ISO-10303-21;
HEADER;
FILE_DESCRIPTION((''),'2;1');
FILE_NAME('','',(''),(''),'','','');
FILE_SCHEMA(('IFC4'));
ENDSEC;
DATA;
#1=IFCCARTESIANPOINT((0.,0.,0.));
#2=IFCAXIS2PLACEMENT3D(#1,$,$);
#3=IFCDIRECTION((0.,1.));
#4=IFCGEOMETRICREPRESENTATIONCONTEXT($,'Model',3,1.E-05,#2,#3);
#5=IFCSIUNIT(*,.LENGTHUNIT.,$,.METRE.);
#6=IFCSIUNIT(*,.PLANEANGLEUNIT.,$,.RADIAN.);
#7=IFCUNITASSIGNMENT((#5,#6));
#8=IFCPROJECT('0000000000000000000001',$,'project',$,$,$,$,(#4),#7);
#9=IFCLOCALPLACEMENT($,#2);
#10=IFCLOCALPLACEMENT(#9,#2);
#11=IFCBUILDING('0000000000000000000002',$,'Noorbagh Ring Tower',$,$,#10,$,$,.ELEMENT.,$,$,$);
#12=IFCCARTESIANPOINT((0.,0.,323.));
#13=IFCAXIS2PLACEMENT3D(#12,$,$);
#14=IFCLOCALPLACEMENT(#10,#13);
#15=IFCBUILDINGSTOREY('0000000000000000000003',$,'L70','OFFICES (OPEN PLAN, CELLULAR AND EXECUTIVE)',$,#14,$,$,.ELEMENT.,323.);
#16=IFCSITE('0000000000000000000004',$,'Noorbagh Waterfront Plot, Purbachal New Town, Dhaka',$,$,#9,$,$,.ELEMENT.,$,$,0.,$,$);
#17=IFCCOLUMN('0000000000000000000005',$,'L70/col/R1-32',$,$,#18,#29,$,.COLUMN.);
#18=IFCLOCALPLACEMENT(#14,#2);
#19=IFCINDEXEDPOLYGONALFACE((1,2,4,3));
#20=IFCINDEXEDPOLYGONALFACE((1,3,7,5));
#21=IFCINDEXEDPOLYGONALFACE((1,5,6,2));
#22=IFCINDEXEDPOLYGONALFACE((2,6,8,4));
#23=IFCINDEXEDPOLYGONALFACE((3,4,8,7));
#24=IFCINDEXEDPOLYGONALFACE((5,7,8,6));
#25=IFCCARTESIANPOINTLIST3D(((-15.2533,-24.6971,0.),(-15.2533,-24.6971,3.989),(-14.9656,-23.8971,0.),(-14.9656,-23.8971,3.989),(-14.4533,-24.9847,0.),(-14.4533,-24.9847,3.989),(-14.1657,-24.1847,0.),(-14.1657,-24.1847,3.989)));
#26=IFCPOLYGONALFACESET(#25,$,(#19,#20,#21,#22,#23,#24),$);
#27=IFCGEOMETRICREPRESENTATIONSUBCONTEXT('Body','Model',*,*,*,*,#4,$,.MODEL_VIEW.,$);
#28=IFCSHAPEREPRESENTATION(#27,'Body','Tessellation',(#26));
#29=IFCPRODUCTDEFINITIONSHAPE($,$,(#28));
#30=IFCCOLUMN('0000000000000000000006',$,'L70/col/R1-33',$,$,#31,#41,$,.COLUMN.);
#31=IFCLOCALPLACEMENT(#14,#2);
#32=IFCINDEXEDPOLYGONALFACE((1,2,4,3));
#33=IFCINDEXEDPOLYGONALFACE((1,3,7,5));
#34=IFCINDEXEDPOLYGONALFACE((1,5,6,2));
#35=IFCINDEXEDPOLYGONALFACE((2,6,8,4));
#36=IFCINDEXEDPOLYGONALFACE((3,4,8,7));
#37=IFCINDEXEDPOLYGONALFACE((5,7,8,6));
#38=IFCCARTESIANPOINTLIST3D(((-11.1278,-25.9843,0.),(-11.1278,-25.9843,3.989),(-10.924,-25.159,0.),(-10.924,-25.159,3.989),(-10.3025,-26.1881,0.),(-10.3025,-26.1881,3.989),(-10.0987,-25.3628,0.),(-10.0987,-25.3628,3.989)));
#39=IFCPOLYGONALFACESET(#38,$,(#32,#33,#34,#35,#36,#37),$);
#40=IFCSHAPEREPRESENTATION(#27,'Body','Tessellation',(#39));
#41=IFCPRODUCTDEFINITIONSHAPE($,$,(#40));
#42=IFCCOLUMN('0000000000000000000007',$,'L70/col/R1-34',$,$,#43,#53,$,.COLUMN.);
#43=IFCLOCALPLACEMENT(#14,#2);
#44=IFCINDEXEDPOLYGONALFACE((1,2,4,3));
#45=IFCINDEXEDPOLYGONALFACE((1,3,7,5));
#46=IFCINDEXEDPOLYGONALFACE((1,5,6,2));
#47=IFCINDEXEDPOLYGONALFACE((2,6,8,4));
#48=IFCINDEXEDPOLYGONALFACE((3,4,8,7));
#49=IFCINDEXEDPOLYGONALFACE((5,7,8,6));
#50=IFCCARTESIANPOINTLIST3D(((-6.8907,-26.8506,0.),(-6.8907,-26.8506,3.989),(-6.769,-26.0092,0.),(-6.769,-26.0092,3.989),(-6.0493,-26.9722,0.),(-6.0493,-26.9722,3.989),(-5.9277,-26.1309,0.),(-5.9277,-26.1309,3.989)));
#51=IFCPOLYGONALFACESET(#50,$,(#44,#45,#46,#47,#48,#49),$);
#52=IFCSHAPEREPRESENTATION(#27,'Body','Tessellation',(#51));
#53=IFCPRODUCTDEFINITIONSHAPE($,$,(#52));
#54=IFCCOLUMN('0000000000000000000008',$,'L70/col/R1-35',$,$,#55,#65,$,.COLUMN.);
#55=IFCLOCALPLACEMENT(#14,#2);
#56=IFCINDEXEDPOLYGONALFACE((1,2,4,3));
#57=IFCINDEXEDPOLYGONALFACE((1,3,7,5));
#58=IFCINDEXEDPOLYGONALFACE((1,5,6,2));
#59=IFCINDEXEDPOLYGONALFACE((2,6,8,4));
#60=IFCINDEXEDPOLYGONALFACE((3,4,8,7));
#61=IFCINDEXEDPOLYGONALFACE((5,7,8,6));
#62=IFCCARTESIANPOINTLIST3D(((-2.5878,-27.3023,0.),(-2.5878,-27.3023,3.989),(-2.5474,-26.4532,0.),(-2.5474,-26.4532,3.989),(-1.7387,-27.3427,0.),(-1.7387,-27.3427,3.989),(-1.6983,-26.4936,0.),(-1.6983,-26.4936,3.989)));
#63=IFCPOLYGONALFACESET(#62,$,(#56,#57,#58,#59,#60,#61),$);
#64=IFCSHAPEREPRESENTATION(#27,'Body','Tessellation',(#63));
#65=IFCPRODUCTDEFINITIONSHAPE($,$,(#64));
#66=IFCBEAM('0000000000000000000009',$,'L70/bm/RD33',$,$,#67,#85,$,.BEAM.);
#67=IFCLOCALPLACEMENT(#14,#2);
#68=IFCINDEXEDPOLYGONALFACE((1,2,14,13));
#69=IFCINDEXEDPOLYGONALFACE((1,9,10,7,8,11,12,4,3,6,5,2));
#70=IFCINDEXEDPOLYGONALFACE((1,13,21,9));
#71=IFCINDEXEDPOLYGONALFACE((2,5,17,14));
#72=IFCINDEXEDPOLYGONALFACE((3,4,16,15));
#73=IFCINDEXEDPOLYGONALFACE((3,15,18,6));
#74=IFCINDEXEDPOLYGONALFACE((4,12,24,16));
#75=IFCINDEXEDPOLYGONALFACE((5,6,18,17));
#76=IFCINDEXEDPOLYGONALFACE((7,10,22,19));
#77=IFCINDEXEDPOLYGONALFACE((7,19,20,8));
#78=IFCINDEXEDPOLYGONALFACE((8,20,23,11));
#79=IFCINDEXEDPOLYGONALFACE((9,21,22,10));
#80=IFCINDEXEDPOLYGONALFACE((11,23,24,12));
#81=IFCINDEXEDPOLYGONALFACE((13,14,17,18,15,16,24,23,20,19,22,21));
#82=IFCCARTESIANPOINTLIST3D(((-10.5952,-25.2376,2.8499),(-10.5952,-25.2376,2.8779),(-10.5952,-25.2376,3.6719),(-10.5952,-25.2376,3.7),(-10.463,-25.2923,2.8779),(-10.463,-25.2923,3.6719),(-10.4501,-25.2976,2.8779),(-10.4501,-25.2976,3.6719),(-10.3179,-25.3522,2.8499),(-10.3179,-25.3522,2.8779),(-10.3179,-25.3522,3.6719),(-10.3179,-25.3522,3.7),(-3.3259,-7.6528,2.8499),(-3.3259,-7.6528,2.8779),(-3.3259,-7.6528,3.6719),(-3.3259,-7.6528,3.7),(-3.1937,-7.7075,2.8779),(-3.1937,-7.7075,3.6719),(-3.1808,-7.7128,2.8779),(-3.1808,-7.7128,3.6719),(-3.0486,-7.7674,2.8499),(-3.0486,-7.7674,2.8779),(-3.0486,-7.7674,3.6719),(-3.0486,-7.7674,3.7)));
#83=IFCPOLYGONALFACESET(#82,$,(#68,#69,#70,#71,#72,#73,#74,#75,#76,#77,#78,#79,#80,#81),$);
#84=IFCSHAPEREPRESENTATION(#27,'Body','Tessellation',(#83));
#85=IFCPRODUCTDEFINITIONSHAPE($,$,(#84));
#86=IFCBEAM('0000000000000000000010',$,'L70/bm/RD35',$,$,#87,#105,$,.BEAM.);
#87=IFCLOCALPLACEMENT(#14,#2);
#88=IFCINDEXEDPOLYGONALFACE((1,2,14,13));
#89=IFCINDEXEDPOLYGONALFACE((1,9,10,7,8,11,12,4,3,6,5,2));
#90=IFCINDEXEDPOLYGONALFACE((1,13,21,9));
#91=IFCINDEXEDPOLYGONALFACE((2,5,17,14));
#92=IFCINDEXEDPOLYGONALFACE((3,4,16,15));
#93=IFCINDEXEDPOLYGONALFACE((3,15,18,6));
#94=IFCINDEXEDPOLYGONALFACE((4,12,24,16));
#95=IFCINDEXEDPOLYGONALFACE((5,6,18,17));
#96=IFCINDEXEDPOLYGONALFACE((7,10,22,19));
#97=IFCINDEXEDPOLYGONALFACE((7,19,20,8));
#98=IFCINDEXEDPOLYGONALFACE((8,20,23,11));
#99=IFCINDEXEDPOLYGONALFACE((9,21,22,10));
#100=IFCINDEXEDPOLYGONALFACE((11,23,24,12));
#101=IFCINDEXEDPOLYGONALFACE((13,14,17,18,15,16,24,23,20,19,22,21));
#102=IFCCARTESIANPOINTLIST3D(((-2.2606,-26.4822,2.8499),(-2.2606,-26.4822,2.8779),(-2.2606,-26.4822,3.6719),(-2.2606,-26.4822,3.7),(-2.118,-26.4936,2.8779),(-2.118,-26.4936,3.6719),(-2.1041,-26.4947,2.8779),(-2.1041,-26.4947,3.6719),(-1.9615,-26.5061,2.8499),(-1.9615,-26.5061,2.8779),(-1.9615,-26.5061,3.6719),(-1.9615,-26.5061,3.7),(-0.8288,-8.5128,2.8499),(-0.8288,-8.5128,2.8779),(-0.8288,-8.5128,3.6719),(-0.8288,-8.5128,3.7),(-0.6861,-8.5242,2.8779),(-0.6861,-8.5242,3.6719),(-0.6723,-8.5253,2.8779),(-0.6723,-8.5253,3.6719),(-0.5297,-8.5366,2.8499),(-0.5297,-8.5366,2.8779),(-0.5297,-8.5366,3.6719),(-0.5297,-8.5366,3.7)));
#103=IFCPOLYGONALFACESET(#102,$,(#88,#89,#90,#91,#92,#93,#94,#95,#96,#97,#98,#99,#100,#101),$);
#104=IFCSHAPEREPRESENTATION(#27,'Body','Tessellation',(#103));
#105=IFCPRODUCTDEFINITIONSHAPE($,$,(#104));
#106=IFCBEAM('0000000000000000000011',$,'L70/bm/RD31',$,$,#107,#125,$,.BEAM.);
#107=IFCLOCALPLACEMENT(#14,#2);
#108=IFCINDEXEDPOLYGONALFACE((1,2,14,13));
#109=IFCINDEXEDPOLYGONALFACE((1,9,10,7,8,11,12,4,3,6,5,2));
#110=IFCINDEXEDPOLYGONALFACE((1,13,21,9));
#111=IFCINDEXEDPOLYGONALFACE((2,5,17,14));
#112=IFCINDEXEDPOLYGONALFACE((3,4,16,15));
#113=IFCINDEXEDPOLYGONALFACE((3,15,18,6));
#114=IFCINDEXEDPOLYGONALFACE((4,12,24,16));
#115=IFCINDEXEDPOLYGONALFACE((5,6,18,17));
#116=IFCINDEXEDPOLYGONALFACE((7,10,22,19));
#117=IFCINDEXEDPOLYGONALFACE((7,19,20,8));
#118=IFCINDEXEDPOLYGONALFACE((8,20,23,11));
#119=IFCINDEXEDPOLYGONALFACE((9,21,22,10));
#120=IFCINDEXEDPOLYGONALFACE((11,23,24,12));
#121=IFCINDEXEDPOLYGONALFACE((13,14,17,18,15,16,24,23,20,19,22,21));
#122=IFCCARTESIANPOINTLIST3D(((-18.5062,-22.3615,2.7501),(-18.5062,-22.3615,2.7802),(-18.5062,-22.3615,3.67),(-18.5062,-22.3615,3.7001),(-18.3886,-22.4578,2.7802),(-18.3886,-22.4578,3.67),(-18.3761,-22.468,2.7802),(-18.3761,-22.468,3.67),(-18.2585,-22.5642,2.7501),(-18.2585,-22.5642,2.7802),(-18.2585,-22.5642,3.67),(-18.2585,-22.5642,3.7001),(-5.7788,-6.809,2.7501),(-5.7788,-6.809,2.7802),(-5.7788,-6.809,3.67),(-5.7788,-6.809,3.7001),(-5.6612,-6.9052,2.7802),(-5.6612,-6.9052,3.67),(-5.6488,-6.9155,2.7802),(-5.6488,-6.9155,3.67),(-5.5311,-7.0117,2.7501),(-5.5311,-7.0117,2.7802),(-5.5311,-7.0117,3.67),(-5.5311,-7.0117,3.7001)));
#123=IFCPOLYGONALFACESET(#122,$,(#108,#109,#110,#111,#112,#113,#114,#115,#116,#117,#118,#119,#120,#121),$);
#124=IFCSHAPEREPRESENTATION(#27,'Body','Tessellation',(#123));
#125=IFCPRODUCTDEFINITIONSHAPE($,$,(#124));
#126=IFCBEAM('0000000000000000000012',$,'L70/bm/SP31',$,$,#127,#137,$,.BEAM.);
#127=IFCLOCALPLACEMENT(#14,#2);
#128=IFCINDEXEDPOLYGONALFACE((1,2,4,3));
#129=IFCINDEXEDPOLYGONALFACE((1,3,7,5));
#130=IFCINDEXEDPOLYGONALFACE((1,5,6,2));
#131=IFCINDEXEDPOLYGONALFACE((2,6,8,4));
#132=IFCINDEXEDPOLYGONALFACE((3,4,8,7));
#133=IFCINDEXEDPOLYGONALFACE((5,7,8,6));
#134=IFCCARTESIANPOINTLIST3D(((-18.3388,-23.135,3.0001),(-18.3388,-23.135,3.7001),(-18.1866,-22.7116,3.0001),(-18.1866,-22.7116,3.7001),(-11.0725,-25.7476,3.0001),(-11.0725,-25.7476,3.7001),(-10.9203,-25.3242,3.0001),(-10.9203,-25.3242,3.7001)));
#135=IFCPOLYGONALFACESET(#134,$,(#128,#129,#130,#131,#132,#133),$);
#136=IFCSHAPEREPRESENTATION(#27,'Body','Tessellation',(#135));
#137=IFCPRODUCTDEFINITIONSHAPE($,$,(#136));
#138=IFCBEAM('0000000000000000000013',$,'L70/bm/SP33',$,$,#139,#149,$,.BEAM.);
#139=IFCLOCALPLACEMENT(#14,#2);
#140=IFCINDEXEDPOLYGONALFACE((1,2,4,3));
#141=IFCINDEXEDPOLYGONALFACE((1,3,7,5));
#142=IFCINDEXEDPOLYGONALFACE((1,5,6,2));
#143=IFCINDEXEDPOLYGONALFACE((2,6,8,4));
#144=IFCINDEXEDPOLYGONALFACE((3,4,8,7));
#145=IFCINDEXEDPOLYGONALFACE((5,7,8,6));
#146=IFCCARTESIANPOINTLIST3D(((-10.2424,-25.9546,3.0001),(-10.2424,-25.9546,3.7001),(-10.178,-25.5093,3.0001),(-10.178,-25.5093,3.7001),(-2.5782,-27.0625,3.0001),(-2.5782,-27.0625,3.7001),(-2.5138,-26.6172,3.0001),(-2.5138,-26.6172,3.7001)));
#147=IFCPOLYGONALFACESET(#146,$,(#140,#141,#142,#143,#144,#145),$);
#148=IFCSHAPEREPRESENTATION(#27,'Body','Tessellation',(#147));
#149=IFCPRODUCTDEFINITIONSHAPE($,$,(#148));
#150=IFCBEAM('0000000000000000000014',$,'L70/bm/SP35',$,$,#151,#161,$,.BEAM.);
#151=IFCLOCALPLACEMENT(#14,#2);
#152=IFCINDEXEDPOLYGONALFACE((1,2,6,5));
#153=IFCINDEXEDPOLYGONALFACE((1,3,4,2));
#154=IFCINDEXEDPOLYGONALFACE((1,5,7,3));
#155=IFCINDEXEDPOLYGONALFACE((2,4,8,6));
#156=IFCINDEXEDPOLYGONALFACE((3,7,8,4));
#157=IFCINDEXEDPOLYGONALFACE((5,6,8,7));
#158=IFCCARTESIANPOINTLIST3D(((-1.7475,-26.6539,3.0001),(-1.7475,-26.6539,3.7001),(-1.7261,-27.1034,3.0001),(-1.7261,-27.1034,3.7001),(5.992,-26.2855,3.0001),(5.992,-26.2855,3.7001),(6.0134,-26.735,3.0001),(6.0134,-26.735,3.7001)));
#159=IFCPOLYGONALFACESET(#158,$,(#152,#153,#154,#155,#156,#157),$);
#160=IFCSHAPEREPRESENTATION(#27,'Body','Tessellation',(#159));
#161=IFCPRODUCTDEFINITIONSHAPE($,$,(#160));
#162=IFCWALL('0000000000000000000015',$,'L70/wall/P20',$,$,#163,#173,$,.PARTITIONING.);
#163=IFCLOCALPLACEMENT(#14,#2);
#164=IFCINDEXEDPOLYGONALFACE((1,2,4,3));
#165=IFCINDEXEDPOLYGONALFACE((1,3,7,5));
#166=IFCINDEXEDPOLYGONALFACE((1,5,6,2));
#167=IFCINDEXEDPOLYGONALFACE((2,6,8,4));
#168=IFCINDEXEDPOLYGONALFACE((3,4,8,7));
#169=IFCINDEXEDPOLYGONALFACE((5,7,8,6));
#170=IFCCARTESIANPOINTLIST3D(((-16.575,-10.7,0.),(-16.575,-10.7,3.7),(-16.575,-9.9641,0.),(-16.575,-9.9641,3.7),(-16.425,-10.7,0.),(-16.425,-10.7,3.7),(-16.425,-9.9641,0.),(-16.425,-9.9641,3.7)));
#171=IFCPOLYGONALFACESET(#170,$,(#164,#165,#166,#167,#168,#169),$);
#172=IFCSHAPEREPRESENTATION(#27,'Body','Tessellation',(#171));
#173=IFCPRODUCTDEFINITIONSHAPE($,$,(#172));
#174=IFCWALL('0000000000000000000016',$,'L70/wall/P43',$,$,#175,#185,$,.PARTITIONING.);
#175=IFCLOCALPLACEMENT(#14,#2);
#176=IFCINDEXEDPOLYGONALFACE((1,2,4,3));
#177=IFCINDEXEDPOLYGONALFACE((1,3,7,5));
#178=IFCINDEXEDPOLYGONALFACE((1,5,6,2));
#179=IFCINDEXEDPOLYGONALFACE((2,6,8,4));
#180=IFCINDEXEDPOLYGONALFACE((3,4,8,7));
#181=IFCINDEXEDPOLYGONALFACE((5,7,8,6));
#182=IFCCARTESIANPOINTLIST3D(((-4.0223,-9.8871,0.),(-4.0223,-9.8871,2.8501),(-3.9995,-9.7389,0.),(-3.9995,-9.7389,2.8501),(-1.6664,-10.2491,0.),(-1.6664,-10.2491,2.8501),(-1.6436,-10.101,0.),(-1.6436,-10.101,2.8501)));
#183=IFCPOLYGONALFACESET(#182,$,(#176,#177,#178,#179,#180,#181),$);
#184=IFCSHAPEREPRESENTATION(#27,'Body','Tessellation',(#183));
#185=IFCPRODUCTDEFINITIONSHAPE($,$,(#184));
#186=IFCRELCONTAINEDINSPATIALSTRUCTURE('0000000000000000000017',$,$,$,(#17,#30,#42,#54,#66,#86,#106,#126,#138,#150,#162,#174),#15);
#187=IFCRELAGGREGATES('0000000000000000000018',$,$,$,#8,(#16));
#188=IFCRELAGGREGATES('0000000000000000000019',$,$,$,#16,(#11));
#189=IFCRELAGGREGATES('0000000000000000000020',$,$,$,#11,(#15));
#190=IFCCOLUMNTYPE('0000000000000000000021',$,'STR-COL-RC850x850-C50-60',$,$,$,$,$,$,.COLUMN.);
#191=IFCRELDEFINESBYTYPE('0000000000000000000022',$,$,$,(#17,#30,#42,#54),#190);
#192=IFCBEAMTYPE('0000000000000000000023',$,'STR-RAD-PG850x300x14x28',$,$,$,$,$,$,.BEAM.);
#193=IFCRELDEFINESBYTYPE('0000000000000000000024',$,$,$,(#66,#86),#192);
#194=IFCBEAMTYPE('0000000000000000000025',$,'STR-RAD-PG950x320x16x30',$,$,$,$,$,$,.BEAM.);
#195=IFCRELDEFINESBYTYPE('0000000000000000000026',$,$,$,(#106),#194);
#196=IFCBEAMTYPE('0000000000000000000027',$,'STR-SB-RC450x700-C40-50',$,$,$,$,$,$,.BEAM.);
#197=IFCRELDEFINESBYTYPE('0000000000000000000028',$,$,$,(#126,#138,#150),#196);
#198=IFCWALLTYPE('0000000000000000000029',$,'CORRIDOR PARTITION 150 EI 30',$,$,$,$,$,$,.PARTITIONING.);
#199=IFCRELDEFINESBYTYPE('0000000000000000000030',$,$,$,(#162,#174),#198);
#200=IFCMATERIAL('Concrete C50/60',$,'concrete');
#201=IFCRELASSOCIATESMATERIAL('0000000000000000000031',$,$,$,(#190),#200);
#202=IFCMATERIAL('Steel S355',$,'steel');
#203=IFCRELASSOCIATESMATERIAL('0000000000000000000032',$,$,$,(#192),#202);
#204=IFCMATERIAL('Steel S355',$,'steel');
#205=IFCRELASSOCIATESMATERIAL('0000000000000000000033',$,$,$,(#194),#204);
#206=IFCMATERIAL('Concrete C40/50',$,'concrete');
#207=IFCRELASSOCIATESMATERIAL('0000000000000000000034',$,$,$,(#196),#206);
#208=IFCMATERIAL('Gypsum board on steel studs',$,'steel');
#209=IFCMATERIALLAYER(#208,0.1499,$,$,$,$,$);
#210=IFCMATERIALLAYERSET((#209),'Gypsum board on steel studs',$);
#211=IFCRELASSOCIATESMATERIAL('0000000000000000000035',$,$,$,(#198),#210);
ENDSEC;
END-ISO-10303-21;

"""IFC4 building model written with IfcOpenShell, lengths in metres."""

from ifc_helpers import new_model, si_unit, direction, frame, frame_2d, origin, origin_2d, place, context, subcontext, project, spatial, rectangle, i_section, extrude, material, layer, layer_set, material_profile, profile_set, type_object, element, save


model = new_model("IFC4")

# Units and contexts
model_context = context("Model", 3, precision=1e-05, world=origin(), true_north=direction((0.0, 1.0)))
body_context = subcontext(model_context, "Body", "Model", "MODEL_VIEW")
ifc_project = project(units=[si_unit("LENGTHUNIT", "METRE"), si_unit("PLANEANGLEUNIT", "RADIAN")], contexts=[model_context])

# Site, building, storey
site_placement = place(None, origin())
site = spatial("IfcSite", under=ifc_project, at=site_placement, Name="Noorbagh Waterfront Plot, Purbachal New Town, Dhaka", CompositionType="ELEMENT", RefElevation=0.0)
building_placement = place(site_placement, origin())
building = spatial("IfcBuilding", under=site, at=building_placement, Name="Noorbagh Ring Tower", CompositionType="ELEMENT")
storey_placement = place(building_placement, frame((0.0, 0.0, 323.0)))
storey = spatial("IfcBuildingStorey", under=building, at=storey_placement, Name="L70", Description="OFFICES (OPEN PLAN, CELLULAR AND EXECUTIVE)", CompositionType="ELEMENT", Elevation=323.0)

# Columns
ifc_material_1 = material(Name="Concrete C50/60", Category="concrete")
ifc_material_profile_1 = material_profile(ifc_material_1, rectangle(XDim=0.8501, YDim=0.8501, at=origin_2d()), Name="RC850x850")
ifc_profile_set_1 = profile_set([ifc_material_profile_1], Name="Concrete C50/60")
column_type = type_object("IfcColumnType", Name="STR-COL-RC850x850-C50-60", PredefinedType="COLUMN", material=ifc_profile_set_1)
for number, where, z_axis, x_axis, name in (
    (1, (-14.7095, -24.4409, 0.0), (0.0, 0.0, 1.0), (0.941025, -0.338338, 0.0), "L70/col/R1-32"),
    (2, (-10.6133, -25.6736, 0.0), (0.0, 0.0, 1.0), (0.970829, -0.239771, 0.0), "L70/col/R1-33"),
    (3, (-6.4092, -26.4907, 0.0), (0.0, 0.0, 1.0), (0.989713, -0.143066, 0.0), "L70/col/R1-34"),
    (4, (-2.1431, -26.8979, 0.0), (0.0, 0.0, 1.0), (0.998869, -0.047553, 0.0), "L70/col/R1-35"),
):
    element("IfcColumn", number, at=place(storey_placement, frame(where, z_axis=z_axis, x_axis=x_axis)), inside=storey, type_object=column_type, Name=name, PredefinedType="COLUMN", context=body_context, shape_type="SweptSolid", body=[
        extrude(rectangle(XDim=0.8501, YDim=0.8501, at=origin_2d()), origin(), (0.0, 0.0, 1.0), 3.989),
    ])

# Beams
ifc_material_2 = material(Name="Steel S355", Category="steel")
ifc_material_profile_2 = material_profile(ifc_material_2, i_section(OverallWidth=0.3, OverallDepth=0.8501, WebThickness=0.0139, FlangeThickness=0.0281, at=origin_2d()), Name="PG850x300x14x28")
ifc_profile_set_2 = profile_set([ifc_material_profile_2], Name="Steel S355")
beam_type_1 = type_object("IfcBeamType", Name="STR-RAD-PG850x300x14x28", PredefinedType="BEAM", material=ifc_profile_set_2)
beam_1_placement = place(storey_placement, frame((-10.4565, -25.2949, 3.2749), z_axis=(0.382031, 0.924149, 0.0), x_axis=(-0.924149, 0.382031, 0.0)))
element("IfcBeam", 5, at=beam_1_placement, inside=storey, type_object=beam_type_1, Name="L70/bm/RD33", PredefinedType="BEAM", context=body_context, shape_type="SweptSolid", body=[
    extrude(i_section(OverallWidth=0.3, OverallDepth=0.8501, WebThickness=0.0139, FlangeThickness=0.0281, at=origin_2d()), origin(), (0.0, 0.0, 1.0), 19.0281),
])
beam_2_placement = place(storey_placement, frame((-2.1111, -26.4941, 3.2749), z_axis=(0.079432, 0.99684, 0.0), x_axis=(-0.99684, 0.079432, 0.0)))
element("IfcBeam", 6, at=beam_2_placement, inside=storey, type_object=beam_type_1, Name="L70/bm/RD35", PredefinedType="BEAM", context=body_context, shape_type="SweptSolid", body=[
    extrude(i_section(OverallWidth=0.3, OverallDepth=0.8501, WebThickness=0.0139, FlangeThickness=0.0281, at=origin_2d()), origin(), (0.0, 0.0, 1.0), 18.0264),
])
ifc_material_3 = material(Name="Steel S355", Category="steel")
ifc_material_profile_3 = material_profile(ifc_material_3, i_section(OverallWidth=0.3201, OverallDepth=0.95, WebThickness=0.0161, FlangeThickness=0.03, at=origin_2d()), Name="PG950x320x16x30")
ifc_profile_set_3 = profile_set([ifc_material_profile_3], Name="Steel S355")
beam_type_2 = type_object("IfcBeamType", Name="STR-RAD-PG950x320x16x30", PredefinedType="BEAM", material=ifc_profile_set_3)
beam_3_placement = place(storey_placement, frame((-18.3823, -22.4629, 3.2251), z_axis=(0.633313, 0.773896, 0.0), x_axis=(-0.773896, 0.633313, 0.0)))
element("IfcBeam", 7, at=beam_3_placement, inside=storey, type_object=beam_type_2, Name="L70/bm/RD31", PredefinedType="BEAM", context=body_context, shape_type="SweptSolid", body=[
    extrude(i_section(OverallWidth=0.3201, OverallDepth=0.95, WebThickness=0.0161, FlangeThickness=0.03, at=origin_2d()), origin(), (0.0, 0.0, 1.0), 20.0964),
])
ifc_material_4 = material(Name="Concrete C40/50", Category="concrete")
ifc_material_profile_4 = material_profile(ifc_material_4, rectangle(XDim=0.45, YDim=0.7, at=origin_2d()), Name="RC450x700")
ifc_profile_set_4 = profile_set([ifc_material_profile_4], Name="Concrete C40/50")
beam_type_3 = type_object("IfcBeamType", Name="STR-SB-RC450x700-C40-50", PredefinedType="BEAM", material=ifc_profile_set_4)
beam_4_placement = place(storey_placement, frame((-18.2627, -22.9233, 3.3501), z_axis=(0.941025, -0.338337, 0.0), x_axis=(0.338337, 0.941025, 0.0)))
element("IfcBeam", 8, at=beam_4_placement, inside=storey, type_object=beam_type_3, Name="L70/bm/SP31", PredefinedType="BEAM", context=body_context, shape_type="SweptSolid", body=[
    extrude(rectangle(XDim=0.45, YDim=0.7, at=origin_2d()), origin(), (0.0, 0.0, 1.0), 7.7217),
])
beam_5_placement = place(storey_placement, frame((-10.2102, -25.7319, 3.3501), z_axis=(0.989713, -0.143067, 0.0), x_axis=(0.143067, 0.989713, 0.0)))
element("IfcBeam", 9, at=beam_5_placement, inside=storey, type_object=beam_type_3, Name="L70/bm/SP33", PredefinedType="BEAM", context=body_context, shape_type="SweptSolid", body=[
    extrude(rectangle(XDim=0.45, YDim=0.7, at=origin_2d()), origin(), (0.0, 0.0, 1.0), 7.7439),
])
beam_6_placement = place(storey_placement, frame((-1.7368, -26.8787, 3.3501), z_axis=(0.998869, 0.047547, 0.0), x_axis=(-0.047547, 0.998869, 0.0)))
element("IfcBeam", 10, at=beam_6_placement, inside=storey, type_object=beam_type_3, Name="L70/bm/SP35", PredefinedType="BEAM", context=body_context, shape_type="SweptSolid", body=[
    extrude(rectangle(XDim=0.45, YDim=0.7, at=origin_2d()), origin(), (0.0, 0.0, 1.0), 7.7483),
])

# Walls
ifc_material_5 = material(Name="Gypsum board on steel studs", Category="steel")
ifc_layer_1 = layer(ifc_material_5, 0.1499)
ifc_layer_set_1 = layer_set([ifc_layer_1], Name="Gypsum board on steel studs")
wall_type_1 = type_object("IfcWallType", Name="CORRIDOR PARTITION 150 EI 30", PredefinedType="PARTITIONING", material=ifc_layer_set_1)
wall_1_placement = place(storey_placement, frame((-16.5, -10.7, 0.0), z_axis=(0.0, 0.0, 1.0), x_axis=(0.0, 1.0, 0.0)))
element("IfcWall", 11, at=wall_1_placement, inside=storey, type_object=wall_type_1, Name="L70/wall/P20", PredefinedType="PARTITIONING", context=body_context, shape_type="SweptSolid", body=[
    extrude(rectangle(XDim=0.7358, YDim=0.1499, at=frame_2d((0.3679, 0.0))), origin(), (0.0, 0.0, 1.0), 3.7),
])
wall_2_placement = place(storey_placement, frame((-4.011, -9.813, 0.0), z_axis=(0.0, 0.0, 1.0), x_axis=(0.988397, -0.151896, 0.0)))
element("IfcWall", 12, at=wall_2_placement, inside=storey, type_object=wall_type_1, Name="L70/wall/P43", PredefinedType="PARTITIONING", context=body_context, shape_type="SweptSolid", body=[
    extrude(rectangle(XDim=2.3835, YDim=0.1499, at=frame_2d((1.1919, 0.0))), origin(), (0.0, 0.0, 1.0), 2.8501),
])

save(model, "model.ifc")
